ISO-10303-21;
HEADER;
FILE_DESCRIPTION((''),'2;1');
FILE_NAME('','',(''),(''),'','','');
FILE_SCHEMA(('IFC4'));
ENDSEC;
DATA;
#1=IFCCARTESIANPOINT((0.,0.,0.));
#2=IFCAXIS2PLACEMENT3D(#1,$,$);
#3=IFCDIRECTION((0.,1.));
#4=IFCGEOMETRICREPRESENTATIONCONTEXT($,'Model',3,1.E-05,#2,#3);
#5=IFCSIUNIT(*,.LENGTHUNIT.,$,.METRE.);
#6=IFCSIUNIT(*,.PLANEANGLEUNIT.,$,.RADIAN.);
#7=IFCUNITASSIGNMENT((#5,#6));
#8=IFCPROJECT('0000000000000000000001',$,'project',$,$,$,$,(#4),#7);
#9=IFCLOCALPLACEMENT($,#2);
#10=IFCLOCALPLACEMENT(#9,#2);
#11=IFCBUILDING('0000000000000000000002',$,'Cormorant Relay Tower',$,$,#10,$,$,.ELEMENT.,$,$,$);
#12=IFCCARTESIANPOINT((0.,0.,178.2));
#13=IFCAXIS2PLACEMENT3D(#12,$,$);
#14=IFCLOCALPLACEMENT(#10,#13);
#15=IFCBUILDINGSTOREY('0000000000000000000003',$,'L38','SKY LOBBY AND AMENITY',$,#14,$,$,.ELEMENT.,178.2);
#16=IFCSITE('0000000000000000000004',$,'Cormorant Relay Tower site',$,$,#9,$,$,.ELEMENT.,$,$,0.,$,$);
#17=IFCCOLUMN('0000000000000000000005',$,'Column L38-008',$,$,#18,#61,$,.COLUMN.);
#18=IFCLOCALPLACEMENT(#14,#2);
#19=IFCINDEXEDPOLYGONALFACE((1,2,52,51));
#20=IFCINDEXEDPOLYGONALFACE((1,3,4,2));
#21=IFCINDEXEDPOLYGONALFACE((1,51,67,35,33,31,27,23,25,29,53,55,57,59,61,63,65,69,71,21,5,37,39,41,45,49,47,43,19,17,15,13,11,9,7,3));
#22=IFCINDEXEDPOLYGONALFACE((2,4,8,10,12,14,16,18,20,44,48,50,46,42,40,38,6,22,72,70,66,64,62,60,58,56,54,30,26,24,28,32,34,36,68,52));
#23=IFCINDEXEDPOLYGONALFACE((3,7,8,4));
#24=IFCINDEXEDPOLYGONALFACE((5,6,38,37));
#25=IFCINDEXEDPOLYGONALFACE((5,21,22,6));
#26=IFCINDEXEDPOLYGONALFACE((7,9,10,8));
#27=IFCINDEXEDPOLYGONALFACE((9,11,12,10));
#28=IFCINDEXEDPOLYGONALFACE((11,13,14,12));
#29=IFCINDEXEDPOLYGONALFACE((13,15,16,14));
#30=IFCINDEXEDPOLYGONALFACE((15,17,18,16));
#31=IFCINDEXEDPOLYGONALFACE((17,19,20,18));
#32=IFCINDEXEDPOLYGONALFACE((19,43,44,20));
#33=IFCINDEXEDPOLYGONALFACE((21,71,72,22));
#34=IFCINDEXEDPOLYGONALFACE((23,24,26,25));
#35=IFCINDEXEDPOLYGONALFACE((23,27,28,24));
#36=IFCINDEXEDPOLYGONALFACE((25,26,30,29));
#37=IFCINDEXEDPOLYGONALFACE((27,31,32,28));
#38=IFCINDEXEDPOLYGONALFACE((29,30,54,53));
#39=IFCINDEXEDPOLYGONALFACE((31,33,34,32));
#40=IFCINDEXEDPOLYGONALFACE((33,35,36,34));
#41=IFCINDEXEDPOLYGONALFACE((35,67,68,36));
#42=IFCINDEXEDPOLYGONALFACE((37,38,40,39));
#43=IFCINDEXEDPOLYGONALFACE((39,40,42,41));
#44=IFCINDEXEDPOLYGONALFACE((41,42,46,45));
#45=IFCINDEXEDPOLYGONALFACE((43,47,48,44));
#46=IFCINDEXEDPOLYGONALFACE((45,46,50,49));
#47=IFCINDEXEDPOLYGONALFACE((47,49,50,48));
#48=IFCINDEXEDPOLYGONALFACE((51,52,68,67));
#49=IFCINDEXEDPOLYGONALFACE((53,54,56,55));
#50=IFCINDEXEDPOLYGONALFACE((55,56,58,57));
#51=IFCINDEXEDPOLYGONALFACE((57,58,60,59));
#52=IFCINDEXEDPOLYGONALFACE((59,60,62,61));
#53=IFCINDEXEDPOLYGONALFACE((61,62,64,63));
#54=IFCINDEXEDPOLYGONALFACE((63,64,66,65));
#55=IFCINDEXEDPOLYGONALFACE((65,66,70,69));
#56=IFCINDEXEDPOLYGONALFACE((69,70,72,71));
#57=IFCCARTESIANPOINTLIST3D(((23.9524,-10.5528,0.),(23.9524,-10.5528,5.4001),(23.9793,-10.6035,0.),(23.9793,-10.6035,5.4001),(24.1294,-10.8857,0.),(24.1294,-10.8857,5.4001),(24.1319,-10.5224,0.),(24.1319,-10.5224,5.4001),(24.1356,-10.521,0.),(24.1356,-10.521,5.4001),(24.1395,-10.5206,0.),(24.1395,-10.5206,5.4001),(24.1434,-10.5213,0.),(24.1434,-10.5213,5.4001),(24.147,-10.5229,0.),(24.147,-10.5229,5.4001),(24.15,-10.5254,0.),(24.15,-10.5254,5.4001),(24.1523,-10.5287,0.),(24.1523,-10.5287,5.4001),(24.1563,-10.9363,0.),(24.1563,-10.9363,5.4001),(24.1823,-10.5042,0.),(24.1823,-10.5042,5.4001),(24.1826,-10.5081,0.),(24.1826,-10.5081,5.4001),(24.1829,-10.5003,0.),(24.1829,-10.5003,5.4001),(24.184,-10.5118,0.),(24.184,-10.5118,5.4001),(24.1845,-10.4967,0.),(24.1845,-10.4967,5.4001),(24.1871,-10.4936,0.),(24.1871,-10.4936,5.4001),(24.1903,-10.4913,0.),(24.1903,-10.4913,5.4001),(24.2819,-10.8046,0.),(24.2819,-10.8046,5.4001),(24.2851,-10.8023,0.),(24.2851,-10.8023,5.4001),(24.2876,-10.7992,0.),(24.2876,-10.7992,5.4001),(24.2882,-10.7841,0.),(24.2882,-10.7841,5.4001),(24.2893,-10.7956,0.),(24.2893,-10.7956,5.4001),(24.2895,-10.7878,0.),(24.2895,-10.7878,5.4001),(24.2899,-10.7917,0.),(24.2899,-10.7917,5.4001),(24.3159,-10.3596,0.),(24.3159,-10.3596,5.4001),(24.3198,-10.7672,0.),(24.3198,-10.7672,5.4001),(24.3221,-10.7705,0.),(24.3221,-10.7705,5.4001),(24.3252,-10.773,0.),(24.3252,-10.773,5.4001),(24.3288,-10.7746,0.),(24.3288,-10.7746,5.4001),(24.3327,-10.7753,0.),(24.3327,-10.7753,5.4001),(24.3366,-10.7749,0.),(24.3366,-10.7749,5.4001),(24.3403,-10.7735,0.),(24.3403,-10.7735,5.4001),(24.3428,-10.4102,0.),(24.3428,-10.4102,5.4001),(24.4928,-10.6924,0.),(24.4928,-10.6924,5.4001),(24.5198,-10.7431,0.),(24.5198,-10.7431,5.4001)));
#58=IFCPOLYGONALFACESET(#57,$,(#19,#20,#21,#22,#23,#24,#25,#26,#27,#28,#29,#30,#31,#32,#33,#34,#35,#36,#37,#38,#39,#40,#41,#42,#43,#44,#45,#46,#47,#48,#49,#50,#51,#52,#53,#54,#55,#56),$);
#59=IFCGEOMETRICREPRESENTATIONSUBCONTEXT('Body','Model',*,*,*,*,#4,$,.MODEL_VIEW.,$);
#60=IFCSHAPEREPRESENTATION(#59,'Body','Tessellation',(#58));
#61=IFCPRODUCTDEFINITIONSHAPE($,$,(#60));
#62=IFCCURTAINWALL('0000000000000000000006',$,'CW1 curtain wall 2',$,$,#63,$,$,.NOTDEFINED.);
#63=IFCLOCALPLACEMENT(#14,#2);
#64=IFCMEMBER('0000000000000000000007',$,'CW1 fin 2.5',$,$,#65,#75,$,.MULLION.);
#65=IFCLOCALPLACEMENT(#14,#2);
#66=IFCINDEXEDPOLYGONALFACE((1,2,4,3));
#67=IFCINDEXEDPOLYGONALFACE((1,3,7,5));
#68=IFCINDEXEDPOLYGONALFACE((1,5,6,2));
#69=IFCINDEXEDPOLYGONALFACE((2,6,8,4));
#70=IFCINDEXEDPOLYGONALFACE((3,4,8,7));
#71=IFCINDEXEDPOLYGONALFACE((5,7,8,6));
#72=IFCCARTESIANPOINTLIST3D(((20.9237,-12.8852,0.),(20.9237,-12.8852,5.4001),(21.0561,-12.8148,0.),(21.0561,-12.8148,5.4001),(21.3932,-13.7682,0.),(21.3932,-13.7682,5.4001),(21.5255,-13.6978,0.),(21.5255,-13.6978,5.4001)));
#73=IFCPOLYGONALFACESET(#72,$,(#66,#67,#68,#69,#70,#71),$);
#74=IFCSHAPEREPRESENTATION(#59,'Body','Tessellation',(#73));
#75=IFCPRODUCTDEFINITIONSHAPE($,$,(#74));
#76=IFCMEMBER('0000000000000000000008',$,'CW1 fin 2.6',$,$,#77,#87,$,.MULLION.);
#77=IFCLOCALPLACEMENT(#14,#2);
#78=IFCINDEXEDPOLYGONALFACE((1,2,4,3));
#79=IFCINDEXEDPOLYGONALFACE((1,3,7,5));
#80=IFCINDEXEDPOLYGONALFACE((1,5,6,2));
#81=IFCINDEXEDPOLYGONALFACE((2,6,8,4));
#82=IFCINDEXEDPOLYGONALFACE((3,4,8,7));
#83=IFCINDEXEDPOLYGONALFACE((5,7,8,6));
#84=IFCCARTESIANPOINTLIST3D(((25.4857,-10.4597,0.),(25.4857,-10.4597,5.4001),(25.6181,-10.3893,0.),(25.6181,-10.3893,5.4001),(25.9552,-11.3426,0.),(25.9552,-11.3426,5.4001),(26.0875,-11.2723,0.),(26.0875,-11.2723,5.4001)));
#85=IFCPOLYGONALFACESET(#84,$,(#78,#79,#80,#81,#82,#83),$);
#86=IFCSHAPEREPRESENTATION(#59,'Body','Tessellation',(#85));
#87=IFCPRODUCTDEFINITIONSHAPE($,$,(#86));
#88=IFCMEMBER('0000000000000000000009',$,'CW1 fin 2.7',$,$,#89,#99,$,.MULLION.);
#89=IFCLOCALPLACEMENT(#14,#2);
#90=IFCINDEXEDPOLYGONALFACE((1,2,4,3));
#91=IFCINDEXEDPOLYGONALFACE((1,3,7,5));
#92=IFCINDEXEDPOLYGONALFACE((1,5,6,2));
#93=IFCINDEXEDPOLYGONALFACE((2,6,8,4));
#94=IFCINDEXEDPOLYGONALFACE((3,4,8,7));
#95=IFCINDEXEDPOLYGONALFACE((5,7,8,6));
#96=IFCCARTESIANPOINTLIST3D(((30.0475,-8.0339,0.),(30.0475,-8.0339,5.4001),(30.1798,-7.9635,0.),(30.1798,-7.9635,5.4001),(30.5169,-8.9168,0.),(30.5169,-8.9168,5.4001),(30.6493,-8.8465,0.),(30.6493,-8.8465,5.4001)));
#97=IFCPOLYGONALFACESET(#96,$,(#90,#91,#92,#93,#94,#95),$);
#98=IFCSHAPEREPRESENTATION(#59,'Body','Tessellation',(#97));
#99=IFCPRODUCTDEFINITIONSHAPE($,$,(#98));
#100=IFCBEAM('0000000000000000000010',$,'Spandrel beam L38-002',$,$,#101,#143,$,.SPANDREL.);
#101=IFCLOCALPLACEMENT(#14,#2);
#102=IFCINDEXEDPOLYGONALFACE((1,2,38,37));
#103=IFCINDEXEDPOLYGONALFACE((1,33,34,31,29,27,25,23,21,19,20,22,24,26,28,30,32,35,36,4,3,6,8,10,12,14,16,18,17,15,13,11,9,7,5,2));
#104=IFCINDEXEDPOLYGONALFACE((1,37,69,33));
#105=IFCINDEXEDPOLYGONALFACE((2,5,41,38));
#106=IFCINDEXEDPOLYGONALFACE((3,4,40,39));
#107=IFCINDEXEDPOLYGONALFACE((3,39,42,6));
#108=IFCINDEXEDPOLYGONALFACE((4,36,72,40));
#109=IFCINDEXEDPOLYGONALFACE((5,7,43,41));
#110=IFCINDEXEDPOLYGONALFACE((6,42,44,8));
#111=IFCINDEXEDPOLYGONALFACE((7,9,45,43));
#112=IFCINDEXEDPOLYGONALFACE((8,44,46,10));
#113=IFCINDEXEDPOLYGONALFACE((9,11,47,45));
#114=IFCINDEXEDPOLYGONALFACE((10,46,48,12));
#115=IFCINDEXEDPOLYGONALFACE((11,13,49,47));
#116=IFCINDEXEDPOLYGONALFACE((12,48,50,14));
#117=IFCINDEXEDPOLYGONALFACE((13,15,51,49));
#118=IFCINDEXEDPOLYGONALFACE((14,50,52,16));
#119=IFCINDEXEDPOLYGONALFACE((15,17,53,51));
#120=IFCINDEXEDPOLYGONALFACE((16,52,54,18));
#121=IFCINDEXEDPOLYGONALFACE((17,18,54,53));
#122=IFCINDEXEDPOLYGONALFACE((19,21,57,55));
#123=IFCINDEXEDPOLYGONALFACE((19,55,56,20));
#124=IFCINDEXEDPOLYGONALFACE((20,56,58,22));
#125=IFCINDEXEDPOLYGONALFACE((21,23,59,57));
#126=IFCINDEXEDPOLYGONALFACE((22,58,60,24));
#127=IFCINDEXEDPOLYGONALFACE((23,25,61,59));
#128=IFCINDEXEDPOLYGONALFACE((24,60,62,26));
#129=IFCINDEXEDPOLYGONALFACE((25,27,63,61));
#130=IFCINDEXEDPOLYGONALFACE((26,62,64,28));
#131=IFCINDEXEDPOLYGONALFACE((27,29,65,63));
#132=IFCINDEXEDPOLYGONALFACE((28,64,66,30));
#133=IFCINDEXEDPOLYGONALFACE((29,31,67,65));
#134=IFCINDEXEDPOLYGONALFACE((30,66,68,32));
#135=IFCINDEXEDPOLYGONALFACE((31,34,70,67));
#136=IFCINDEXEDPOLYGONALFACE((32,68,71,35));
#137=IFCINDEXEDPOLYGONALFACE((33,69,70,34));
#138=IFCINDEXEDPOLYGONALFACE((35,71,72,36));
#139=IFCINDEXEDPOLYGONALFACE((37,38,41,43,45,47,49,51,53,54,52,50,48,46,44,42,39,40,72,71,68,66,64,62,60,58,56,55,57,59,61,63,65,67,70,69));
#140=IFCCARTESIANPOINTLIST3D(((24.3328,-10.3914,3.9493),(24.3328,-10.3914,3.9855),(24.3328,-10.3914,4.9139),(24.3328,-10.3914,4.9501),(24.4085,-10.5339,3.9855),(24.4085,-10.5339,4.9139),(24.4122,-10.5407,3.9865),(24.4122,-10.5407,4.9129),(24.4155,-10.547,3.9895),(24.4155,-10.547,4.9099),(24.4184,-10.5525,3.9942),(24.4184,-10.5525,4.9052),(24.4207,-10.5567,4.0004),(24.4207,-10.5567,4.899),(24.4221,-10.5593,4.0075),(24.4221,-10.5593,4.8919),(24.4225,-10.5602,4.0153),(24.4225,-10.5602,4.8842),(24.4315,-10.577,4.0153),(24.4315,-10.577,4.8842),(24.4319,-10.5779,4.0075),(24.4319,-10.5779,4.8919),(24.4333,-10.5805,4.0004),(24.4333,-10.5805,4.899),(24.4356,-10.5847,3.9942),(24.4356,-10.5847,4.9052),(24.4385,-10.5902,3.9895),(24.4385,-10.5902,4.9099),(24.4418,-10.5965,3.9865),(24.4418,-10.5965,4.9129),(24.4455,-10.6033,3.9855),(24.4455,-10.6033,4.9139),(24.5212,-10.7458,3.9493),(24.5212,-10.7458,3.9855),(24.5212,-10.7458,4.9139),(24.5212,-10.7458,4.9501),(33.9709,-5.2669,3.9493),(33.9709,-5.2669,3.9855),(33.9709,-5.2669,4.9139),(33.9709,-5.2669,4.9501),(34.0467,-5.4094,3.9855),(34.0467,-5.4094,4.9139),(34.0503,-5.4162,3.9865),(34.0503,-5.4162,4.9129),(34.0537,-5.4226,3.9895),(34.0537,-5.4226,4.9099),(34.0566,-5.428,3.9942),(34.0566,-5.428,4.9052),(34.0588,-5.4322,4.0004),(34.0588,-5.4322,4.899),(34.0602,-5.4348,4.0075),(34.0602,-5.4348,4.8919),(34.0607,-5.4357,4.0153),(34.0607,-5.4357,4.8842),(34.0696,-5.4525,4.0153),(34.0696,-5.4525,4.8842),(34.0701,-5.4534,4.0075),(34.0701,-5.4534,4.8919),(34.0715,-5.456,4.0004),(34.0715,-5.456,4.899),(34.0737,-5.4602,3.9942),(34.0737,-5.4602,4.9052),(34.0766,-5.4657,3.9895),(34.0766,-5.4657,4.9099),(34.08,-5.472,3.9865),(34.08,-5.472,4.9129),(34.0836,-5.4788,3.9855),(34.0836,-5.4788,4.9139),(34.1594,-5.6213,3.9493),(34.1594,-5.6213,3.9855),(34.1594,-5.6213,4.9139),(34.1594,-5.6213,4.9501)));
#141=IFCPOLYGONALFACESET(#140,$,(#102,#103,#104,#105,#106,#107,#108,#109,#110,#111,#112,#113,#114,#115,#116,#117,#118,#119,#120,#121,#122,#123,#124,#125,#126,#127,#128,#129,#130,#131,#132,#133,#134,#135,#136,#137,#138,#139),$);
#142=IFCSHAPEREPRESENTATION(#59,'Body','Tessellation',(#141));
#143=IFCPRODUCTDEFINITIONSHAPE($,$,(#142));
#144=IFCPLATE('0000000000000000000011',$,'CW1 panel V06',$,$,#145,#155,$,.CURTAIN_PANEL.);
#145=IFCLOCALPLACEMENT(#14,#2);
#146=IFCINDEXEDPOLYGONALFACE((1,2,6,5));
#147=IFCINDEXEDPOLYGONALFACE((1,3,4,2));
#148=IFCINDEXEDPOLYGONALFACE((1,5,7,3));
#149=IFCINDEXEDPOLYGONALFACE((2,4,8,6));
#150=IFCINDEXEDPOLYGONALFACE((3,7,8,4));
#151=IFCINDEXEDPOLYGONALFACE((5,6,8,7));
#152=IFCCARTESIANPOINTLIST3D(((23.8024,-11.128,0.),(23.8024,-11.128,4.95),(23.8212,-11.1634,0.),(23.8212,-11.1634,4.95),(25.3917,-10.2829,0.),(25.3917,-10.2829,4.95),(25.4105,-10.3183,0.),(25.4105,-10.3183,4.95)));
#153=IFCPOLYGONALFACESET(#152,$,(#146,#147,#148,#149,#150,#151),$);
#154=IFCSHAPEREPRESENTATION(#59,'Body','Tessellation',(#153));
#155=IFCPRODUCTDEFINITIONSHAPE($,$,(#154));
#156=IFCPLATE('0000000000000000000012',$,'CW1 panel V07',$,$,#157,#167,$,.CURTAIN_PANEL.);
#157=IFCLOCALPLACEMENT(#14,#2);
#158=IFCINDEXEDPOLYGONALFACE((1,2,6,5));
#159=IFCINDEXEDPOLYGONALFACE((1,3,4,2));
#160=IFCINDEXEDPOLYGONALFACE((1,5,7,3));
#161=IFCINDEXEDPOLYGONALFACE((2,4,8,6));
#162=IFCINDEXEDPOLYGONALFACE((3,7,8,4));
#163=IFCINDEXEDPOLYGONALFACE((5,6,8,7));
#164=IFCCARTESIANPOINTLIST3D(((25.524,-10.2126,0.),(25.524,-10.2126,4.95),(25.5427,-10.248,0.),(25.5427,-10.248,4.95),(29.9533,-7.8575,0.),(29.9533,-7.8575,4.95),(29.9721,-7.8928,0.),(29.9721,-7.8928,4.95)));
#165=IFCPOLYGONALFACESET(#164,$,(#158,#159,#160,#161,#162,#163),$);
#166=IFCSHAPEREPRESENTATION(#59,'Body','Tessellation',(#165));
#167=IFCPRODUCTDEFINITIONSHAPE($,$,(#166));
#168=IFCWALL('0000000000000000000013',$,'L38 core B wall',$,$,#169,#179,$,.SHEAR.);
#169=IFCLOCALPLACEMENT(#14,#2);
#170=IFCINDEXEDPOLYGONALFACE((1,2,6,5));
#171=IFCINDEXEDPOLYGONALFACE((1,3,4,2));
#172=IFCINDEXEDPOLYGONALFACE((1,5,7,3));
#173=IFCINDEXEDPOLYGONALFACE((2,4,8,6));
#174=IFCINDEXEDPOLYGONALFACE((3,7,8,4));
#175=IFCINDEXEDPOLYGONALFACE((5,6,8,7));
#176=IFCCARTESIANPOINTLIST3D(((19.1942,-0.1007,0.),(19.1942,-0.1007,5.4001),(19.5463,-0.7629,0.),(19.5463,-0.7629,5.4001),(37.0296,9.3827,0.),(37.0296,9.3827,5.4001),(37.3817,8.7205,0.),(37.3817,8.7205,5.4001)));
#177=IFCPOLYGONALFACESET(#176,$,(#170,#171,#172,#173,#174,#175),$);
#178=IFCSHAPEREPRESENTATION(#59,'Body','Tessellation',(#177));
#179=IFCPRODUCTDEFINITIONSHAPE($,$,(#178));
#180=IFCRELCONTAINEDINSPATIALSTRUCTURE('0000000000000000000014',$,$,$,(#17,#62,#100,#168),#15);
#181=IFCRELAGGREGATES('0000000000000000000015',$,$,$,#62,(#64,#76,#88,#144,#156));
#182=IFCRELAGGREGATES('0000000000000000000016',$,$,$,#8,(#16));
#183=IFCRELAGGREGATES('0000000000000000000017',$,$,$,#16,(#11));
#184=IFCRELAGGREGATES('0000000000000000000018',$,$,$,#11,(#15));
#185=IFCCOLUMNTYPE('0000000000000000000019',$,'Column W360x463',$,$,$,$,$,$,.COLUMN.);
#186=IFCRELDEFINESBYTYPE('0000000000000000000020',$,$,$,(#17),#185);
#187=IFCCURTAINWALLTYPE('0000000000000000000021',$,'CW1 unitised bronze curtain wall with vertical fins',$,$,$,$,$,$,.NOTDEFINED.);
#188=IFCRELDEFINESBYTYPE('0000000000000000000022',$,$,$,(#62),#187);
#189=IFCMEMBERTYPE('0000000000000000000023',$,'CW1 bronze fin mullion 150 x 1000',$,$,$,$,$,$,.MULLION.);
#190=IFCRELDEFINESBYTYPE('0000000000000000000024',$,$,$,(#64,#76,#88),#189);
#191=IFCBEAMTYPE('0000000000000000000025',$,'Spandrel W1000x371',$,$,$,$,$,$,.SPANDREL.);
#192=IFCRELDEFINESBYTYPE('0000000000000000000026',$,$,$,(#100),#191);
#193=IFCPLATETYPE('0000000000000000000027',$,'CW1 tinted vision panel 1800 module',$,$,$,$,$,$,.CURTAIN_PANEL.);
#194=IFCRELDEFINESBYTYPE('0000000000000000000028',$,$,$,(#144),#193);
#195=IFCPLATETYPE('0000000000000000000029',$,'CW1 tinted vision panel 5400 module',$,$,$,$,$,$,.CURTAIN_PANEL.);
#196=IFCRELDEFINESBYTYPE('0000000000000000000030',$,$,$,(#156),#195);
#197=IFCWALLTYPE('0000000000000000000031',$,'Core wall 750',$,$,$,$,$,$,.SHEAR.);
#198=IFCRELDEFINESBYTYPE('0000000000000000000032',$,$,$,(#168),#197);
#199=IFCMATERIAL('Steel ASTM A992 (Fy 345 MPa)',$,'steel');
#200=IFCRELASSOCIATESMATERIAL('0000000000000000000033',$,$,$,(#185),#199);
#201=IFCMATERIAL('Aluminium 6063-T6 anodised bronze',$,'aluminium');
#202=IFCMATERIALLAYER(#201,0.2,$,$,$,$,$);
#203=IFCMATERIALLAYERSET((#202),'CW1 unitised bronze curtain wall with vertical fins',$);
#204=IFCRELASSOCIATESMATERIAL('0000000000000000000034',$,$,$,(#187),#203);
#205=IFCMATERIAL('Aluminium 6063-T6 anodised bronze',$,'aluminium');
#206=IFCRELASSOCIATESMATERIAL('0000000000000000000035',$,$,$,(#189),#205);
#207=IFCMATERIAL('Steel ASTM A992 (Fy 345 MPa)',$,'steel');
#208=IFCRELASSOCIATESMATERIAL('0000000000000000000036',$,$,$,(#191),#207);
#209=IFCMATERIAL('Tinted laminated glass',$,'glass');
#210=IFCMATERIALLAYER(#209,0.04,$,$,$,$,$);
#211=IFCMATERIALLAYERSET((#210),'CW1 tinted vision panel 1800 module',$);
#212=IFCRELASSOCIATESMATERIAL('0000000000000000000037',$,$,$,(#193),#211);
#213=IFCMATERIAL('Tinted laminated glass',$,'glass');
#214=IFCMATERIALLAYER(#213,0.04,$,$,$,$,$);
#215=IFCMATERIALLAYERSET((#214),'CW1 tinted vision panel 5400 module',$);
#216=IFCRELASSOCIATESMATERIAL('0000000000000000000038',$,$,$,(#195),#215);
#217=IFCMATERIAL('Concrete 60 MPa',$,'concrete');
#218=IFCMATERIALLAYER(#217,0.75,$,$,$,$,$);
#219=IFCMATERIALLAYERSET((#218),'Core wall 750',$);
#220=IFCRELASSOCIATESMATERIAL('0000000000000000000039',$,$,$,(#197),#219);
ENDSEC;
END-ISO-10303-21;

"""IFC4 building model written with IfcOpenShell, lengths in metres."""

from ifc_helpers import new_model, si_unit, direction, frame, frame_2d, origin, origin_2d, place, context, subcontext, project, spatial, rectangle, i_section, extrude, material, layer, layer_set, material_profile, profile_set, type_object, element, aggregate, save


model = new_model("IFC4")

# Units and contexts
model_context = context("Model", 3, precision=1e-05, world=origin(), true_north=direction((0.0, 1.0)))
body_context = subcontext(model_context, "Body", "Model", "MODEL_VIEW")
ifc_project = project(units=[si_unit("LENGTHUNIT", "METRE"), si_unit("PLANEANGLEUNIT", "RADIAN")], contexts=[model_context])

# Site, building, storey
site_placement = place(None, origin())
site = spatial("IfcSite", under=ifc_project, at=site_placement, Name="Cormorant Relay Tower site", CompositionType="ELEMENT", RefElevation=0.0)
building_placement = place(site_placement, origin())
building = spatial("IfcBuilding", under=site, at=building_placement, Name="Cormorant Relay Tower", CompositionType="ELEMENT")
storey_placement = place(building_placement, frame((0.0, 0.0, 178.2)))
storey = spatial("IfcBuildingStorey", under=building, at=storey_placement, Name="L38", Description="SKY LOBBY AND AMENITY", CompositionType="ELEMENT", Elevation=178.2)

# Column
ifc_material_1 = material(Name="Steel ASTM A992 (Fy 345 MPa)", Category="steel")
ifc_material_profile_1 = material_profile(ifc_material_1, i_section(OverallWidth=0.4116, OverallDepth=0.4343, WebThickness=0.0359, FlangeThickness=0.0574, FilletRadius=0.0151, at=origin_2d()), Name="W360x463")
ifc_profile_set_1 = profile_set([ifc_material_profile_1], Name="Steel ASTM A992 (Fy 345 MPa)")
column_type = type_object("IfcColumnType", Name="Column W360x463", PredefinedType="COLUMN", material=ifc_profile_set_1)
column_placement = place(storey_placement, frame((24.2361, -10.6479, 0.0), z_axis=(0.0, 0.0, 1.0), x_axis=(0.882948, 0.469472, 0.0)))
element("IfcColumn", 1, at=column_placement, inside=storey, type_object=column_type, Name="Column L38-008", PredefinedType="COLUMN", context=body_context, shape_type="SweptSolid", body=[
    extrude(i_section(OverallWidth=0.4116, OverallDepth=0.4343, WebThickness=0.0359, FlangeThickness=0.0574, FilletRadius=0.0151, at=origin_2d()), origin(), (0.0, 0.0, 1.0), 5.4001),
])

# Curtain wall, members
ifc_material_2 = material(Name="Aluminium 6063-T6 anodised bronze", Category="aluminium")
ifc_layer_1 = layer(ifc_material_2, 0.2)
ifc_layer_set_1 = layer_set([ifc_layer_1], Name="CW1 unitised bronze curtain wall with vertical fins")
curtain_wall_type = type_object("IfcCurtainWallType", Name="CW1 unitised bronze curtain wall with vertical fins", PredefinedType="NOTDEFINED", material=ifc_layer_set_1)
curtain_wall_placement = place(storey_placement, origin())
curtain_wall = element("IfcCurtainWall", 2, at=curtain_wall_placement, inside=storey, type_object=curtain_wall_type, Name="CW1 curtain wall 2", PredefinedType="NOTDEFINED")
ifc_material_3 = material(Name="Aluminium 6063-T6 anodised bronze", Category="aluminium")
ifc_material_profile_2 = material_profile(ifc_material_3, rectangle(XDim=0.1499, YDim=1.0, at=origin_2d()), Name="AL 150x1000")
ifc_profile_set_2 = profile_set([ifc_material_profile_2], Name="Aluminium 6063-T6 anodised bronze")
member_type = type_object("IfcMemberType", Name="CW1 bronze fin mullion 150 x 1000", PredefinedType="MULLION", material=ifc_profile_set_2)
member_1_placement = place(storey_placement, frame((21.2246, -13.2915, 0.0), z_axis=(0.0, 0.0, 1.0), x_axis=(0.882948, 0.469472, 0.0)))
member_1 = element("IfcMember", 3, at=member_1_placement, type_object=member_type, Name="CW1 fin 2.5", PredefinedType="MULLION", context=body_context, shape_type="SweptSolid", body=[
    extrude(rectangle(XDim=0.1499, YDim=1.0, at=origin_2d()), origin(), (0.0, 0.0, 1.0), 5.4001),
])
member_2_placement = place(storey_placement, frame((25.7866, -10.866, 0.0), z_axis=(0.0, 0.0, 1.0), x_axis=(0.882948, 0.469472, 0.0)))
member_2 = element("IfcMember", 4, at=member_2_placement, type_object=member_type, Name="CW1 fin 2.6", PredefinedType="MULLION", context=body_context, shape_type="SweptSolid", body=[
    extrude(rectangle(XDim=0.1499, YDim=1.0, at=origin_2d()), origin(), (0.0, 0.0, 1.0), 5.4001),
])
member_3_placement = place(storey_placement, frame((30.3484, -8.4402, 0.0), z_axis=(0.0, 0.0, 1.0), x_axis=(0.882948, 0.469472, 0.0)))
member_3 = element("IfcMember", 5, at=member_3_placement, type_object=member_type, Name="CW1 fin 2.7", PredefinedType="MULLION", context=body_context, shape_type="SweptSolid", body=[
    extrude(rectangle(XDim=0.1499, YDim=1.0, at=origin_2d()), origin(), (0.0, 0.0, 1.0), 5.4001),
])

# Beam
ifc_material_4 = material(Name="Steel ASTM A992 (Fy 345 MPa)", Category="steel")
ifc_material_profile_3 = material_profile(ifc_material_4, i_section(OverallWidth=0.4014, OverallDepth=1.0007, WebThickness=0.019, FlangeThickness=0.0361, FilletRadius=0.0298, at=origin_2d()), Name="W1000x371")
ifc_profile_set_3 = profile_set([ifc_material_profile_3], Name="Steel ASTM A992 (Fy 345 MPa)")
beam_type = type_object("IfcBeamType", Name="Spandrel W1000x371", PredefinedType="SPANDREL", material=ifc_profile_set_3)
beam_placement = place(storey_placement, frame((24.427, -10.5686, 4.4497), z_axis=(0.882955, 0.469457, 0.0), x_axis=(-0.469457, 0.882955, 0.0)))
element("IfcBeam", 6, at=beam_placement, inside=storey, type_object=beam_type, Name="Spandrel beam L38-002", PredefinedType="SPANDREL", context=body_context, shape_type="SweptSolid", body=[
    extrude(i_section(OverallWidth=0.4014, OverallDepth=1.0007, WebThickness=0.019, FlangeThickness=0.0361, FilletRadius=0.0298, at=origin_2d()), origin(), (0.0, 0.0, 1.0), 10.9158),
])

# Plates
ifc_material_5 = material(Name="Tinted laminated glass", Category="glass")
ifc_layer_2 = layer(ifc_material_5, 0.04)
ifc_layer_set_2 = layer_set([ifc_layer_2], Name="CW1 tinted vision panel 1800 module")
plate_type_1 = type_object("IfcPlateType", Name="CW1 tinted vision panel 1800 module", PredefinedType="CURTAIN_PANEL", material=ifc_layer_set_2)
plate_1_placement = place(storey_placement, frame((24.6064, -10.7231, 0.0), z_axis=(0.0, 0.0, 1.0), x_axis=(0.882948, 0.469472, 0.0)))
plate_1 = element("IfcPlate", 7, at=plate_1_placement, type_object=plate_type_1, Name="CW1 panel V06", PredefinedType="CURTAIN_PANEL", context=body_context, shape_type="SweptSolid", body=[
    extrude(rectangle(XDim=1.8, YDim=0.04, at=origin_2d()), origin(), (0.0, 0.0, 1.0), 4.95),
])
ifc_material_6 = material(Name="Tinted laminated glass", Category="glass")
ifc_layer_3 = layer(ifc_material_6, 0.04)
ifc_layer_set_3 = layer_set([ifc_layer_3], Name="CW1 tinted vision panel 5400 module")
plate_type_2 = type_object("IfcPlateType", Name="CW1 tinted vision panel 5400 module", PredefinedType="CURTAIN_PANEL", material=ifc_layer_set_3)
plate_2_placement = place(storey_placement, frame((27.748, -9.0527, 0.0), z_axis=(0.0, 0.0, 1.0), x_axis=(0.882948, 0.469472, 0.0)))
plate_2 = element("IfcPlate", 8, at=plate_2_placement, type_object=plate_type_2, Name="CW1 panel V07", PredefinedType="CURTAIN_PANEL", context=body_context, shape_type="SweptSolid", body=[
    extrude(rectangle(XDim=5.0166, YDim=0.04, at=origin_2d()), origin(), (0.0, 0.0, 1.0), 4.95),
])

# Shared definitions
ifc_material_7 = material(Name="Concrete 60 MPa", Category="concrete")
ifc_layer_4 = layer(ifc_material_7, 0.75)
ifc_layer_set_4 = layer_set([ifc_layer_4], Name="Core wall 750")
wall_type_1 = type_object("IfcWallType", Name="Core wall 750", PredefinedType="SHEAR", material=ifc_layer_set_4)

# Wall
wall_1_placement = place(storey_placement, frame((19.3701, -0.4319, 0.0), z_axis=(0.0, 0.0, 1.0), x_axis=(0.882945, 0.469476, 0.0)))
element("IfcWall", 9, at=wall_1_placement, inside=storey, type_object=wall_type_1, Name="L38 core B wall", PredefinedType="SHEAR", context=body_context, shape_type="SweptSolid", body=[
    extrude(rectangle(XDim=20.2, YDim=0.75, at=frame_2d((10.1001, 0.0))), origin(), (0.0, 0.0, 1.0), 5.4001),
])

aggregate(curtain_wall, [member_1, member_2, member_3, plate_1, plate_2])

save(model, "model.ifc")
